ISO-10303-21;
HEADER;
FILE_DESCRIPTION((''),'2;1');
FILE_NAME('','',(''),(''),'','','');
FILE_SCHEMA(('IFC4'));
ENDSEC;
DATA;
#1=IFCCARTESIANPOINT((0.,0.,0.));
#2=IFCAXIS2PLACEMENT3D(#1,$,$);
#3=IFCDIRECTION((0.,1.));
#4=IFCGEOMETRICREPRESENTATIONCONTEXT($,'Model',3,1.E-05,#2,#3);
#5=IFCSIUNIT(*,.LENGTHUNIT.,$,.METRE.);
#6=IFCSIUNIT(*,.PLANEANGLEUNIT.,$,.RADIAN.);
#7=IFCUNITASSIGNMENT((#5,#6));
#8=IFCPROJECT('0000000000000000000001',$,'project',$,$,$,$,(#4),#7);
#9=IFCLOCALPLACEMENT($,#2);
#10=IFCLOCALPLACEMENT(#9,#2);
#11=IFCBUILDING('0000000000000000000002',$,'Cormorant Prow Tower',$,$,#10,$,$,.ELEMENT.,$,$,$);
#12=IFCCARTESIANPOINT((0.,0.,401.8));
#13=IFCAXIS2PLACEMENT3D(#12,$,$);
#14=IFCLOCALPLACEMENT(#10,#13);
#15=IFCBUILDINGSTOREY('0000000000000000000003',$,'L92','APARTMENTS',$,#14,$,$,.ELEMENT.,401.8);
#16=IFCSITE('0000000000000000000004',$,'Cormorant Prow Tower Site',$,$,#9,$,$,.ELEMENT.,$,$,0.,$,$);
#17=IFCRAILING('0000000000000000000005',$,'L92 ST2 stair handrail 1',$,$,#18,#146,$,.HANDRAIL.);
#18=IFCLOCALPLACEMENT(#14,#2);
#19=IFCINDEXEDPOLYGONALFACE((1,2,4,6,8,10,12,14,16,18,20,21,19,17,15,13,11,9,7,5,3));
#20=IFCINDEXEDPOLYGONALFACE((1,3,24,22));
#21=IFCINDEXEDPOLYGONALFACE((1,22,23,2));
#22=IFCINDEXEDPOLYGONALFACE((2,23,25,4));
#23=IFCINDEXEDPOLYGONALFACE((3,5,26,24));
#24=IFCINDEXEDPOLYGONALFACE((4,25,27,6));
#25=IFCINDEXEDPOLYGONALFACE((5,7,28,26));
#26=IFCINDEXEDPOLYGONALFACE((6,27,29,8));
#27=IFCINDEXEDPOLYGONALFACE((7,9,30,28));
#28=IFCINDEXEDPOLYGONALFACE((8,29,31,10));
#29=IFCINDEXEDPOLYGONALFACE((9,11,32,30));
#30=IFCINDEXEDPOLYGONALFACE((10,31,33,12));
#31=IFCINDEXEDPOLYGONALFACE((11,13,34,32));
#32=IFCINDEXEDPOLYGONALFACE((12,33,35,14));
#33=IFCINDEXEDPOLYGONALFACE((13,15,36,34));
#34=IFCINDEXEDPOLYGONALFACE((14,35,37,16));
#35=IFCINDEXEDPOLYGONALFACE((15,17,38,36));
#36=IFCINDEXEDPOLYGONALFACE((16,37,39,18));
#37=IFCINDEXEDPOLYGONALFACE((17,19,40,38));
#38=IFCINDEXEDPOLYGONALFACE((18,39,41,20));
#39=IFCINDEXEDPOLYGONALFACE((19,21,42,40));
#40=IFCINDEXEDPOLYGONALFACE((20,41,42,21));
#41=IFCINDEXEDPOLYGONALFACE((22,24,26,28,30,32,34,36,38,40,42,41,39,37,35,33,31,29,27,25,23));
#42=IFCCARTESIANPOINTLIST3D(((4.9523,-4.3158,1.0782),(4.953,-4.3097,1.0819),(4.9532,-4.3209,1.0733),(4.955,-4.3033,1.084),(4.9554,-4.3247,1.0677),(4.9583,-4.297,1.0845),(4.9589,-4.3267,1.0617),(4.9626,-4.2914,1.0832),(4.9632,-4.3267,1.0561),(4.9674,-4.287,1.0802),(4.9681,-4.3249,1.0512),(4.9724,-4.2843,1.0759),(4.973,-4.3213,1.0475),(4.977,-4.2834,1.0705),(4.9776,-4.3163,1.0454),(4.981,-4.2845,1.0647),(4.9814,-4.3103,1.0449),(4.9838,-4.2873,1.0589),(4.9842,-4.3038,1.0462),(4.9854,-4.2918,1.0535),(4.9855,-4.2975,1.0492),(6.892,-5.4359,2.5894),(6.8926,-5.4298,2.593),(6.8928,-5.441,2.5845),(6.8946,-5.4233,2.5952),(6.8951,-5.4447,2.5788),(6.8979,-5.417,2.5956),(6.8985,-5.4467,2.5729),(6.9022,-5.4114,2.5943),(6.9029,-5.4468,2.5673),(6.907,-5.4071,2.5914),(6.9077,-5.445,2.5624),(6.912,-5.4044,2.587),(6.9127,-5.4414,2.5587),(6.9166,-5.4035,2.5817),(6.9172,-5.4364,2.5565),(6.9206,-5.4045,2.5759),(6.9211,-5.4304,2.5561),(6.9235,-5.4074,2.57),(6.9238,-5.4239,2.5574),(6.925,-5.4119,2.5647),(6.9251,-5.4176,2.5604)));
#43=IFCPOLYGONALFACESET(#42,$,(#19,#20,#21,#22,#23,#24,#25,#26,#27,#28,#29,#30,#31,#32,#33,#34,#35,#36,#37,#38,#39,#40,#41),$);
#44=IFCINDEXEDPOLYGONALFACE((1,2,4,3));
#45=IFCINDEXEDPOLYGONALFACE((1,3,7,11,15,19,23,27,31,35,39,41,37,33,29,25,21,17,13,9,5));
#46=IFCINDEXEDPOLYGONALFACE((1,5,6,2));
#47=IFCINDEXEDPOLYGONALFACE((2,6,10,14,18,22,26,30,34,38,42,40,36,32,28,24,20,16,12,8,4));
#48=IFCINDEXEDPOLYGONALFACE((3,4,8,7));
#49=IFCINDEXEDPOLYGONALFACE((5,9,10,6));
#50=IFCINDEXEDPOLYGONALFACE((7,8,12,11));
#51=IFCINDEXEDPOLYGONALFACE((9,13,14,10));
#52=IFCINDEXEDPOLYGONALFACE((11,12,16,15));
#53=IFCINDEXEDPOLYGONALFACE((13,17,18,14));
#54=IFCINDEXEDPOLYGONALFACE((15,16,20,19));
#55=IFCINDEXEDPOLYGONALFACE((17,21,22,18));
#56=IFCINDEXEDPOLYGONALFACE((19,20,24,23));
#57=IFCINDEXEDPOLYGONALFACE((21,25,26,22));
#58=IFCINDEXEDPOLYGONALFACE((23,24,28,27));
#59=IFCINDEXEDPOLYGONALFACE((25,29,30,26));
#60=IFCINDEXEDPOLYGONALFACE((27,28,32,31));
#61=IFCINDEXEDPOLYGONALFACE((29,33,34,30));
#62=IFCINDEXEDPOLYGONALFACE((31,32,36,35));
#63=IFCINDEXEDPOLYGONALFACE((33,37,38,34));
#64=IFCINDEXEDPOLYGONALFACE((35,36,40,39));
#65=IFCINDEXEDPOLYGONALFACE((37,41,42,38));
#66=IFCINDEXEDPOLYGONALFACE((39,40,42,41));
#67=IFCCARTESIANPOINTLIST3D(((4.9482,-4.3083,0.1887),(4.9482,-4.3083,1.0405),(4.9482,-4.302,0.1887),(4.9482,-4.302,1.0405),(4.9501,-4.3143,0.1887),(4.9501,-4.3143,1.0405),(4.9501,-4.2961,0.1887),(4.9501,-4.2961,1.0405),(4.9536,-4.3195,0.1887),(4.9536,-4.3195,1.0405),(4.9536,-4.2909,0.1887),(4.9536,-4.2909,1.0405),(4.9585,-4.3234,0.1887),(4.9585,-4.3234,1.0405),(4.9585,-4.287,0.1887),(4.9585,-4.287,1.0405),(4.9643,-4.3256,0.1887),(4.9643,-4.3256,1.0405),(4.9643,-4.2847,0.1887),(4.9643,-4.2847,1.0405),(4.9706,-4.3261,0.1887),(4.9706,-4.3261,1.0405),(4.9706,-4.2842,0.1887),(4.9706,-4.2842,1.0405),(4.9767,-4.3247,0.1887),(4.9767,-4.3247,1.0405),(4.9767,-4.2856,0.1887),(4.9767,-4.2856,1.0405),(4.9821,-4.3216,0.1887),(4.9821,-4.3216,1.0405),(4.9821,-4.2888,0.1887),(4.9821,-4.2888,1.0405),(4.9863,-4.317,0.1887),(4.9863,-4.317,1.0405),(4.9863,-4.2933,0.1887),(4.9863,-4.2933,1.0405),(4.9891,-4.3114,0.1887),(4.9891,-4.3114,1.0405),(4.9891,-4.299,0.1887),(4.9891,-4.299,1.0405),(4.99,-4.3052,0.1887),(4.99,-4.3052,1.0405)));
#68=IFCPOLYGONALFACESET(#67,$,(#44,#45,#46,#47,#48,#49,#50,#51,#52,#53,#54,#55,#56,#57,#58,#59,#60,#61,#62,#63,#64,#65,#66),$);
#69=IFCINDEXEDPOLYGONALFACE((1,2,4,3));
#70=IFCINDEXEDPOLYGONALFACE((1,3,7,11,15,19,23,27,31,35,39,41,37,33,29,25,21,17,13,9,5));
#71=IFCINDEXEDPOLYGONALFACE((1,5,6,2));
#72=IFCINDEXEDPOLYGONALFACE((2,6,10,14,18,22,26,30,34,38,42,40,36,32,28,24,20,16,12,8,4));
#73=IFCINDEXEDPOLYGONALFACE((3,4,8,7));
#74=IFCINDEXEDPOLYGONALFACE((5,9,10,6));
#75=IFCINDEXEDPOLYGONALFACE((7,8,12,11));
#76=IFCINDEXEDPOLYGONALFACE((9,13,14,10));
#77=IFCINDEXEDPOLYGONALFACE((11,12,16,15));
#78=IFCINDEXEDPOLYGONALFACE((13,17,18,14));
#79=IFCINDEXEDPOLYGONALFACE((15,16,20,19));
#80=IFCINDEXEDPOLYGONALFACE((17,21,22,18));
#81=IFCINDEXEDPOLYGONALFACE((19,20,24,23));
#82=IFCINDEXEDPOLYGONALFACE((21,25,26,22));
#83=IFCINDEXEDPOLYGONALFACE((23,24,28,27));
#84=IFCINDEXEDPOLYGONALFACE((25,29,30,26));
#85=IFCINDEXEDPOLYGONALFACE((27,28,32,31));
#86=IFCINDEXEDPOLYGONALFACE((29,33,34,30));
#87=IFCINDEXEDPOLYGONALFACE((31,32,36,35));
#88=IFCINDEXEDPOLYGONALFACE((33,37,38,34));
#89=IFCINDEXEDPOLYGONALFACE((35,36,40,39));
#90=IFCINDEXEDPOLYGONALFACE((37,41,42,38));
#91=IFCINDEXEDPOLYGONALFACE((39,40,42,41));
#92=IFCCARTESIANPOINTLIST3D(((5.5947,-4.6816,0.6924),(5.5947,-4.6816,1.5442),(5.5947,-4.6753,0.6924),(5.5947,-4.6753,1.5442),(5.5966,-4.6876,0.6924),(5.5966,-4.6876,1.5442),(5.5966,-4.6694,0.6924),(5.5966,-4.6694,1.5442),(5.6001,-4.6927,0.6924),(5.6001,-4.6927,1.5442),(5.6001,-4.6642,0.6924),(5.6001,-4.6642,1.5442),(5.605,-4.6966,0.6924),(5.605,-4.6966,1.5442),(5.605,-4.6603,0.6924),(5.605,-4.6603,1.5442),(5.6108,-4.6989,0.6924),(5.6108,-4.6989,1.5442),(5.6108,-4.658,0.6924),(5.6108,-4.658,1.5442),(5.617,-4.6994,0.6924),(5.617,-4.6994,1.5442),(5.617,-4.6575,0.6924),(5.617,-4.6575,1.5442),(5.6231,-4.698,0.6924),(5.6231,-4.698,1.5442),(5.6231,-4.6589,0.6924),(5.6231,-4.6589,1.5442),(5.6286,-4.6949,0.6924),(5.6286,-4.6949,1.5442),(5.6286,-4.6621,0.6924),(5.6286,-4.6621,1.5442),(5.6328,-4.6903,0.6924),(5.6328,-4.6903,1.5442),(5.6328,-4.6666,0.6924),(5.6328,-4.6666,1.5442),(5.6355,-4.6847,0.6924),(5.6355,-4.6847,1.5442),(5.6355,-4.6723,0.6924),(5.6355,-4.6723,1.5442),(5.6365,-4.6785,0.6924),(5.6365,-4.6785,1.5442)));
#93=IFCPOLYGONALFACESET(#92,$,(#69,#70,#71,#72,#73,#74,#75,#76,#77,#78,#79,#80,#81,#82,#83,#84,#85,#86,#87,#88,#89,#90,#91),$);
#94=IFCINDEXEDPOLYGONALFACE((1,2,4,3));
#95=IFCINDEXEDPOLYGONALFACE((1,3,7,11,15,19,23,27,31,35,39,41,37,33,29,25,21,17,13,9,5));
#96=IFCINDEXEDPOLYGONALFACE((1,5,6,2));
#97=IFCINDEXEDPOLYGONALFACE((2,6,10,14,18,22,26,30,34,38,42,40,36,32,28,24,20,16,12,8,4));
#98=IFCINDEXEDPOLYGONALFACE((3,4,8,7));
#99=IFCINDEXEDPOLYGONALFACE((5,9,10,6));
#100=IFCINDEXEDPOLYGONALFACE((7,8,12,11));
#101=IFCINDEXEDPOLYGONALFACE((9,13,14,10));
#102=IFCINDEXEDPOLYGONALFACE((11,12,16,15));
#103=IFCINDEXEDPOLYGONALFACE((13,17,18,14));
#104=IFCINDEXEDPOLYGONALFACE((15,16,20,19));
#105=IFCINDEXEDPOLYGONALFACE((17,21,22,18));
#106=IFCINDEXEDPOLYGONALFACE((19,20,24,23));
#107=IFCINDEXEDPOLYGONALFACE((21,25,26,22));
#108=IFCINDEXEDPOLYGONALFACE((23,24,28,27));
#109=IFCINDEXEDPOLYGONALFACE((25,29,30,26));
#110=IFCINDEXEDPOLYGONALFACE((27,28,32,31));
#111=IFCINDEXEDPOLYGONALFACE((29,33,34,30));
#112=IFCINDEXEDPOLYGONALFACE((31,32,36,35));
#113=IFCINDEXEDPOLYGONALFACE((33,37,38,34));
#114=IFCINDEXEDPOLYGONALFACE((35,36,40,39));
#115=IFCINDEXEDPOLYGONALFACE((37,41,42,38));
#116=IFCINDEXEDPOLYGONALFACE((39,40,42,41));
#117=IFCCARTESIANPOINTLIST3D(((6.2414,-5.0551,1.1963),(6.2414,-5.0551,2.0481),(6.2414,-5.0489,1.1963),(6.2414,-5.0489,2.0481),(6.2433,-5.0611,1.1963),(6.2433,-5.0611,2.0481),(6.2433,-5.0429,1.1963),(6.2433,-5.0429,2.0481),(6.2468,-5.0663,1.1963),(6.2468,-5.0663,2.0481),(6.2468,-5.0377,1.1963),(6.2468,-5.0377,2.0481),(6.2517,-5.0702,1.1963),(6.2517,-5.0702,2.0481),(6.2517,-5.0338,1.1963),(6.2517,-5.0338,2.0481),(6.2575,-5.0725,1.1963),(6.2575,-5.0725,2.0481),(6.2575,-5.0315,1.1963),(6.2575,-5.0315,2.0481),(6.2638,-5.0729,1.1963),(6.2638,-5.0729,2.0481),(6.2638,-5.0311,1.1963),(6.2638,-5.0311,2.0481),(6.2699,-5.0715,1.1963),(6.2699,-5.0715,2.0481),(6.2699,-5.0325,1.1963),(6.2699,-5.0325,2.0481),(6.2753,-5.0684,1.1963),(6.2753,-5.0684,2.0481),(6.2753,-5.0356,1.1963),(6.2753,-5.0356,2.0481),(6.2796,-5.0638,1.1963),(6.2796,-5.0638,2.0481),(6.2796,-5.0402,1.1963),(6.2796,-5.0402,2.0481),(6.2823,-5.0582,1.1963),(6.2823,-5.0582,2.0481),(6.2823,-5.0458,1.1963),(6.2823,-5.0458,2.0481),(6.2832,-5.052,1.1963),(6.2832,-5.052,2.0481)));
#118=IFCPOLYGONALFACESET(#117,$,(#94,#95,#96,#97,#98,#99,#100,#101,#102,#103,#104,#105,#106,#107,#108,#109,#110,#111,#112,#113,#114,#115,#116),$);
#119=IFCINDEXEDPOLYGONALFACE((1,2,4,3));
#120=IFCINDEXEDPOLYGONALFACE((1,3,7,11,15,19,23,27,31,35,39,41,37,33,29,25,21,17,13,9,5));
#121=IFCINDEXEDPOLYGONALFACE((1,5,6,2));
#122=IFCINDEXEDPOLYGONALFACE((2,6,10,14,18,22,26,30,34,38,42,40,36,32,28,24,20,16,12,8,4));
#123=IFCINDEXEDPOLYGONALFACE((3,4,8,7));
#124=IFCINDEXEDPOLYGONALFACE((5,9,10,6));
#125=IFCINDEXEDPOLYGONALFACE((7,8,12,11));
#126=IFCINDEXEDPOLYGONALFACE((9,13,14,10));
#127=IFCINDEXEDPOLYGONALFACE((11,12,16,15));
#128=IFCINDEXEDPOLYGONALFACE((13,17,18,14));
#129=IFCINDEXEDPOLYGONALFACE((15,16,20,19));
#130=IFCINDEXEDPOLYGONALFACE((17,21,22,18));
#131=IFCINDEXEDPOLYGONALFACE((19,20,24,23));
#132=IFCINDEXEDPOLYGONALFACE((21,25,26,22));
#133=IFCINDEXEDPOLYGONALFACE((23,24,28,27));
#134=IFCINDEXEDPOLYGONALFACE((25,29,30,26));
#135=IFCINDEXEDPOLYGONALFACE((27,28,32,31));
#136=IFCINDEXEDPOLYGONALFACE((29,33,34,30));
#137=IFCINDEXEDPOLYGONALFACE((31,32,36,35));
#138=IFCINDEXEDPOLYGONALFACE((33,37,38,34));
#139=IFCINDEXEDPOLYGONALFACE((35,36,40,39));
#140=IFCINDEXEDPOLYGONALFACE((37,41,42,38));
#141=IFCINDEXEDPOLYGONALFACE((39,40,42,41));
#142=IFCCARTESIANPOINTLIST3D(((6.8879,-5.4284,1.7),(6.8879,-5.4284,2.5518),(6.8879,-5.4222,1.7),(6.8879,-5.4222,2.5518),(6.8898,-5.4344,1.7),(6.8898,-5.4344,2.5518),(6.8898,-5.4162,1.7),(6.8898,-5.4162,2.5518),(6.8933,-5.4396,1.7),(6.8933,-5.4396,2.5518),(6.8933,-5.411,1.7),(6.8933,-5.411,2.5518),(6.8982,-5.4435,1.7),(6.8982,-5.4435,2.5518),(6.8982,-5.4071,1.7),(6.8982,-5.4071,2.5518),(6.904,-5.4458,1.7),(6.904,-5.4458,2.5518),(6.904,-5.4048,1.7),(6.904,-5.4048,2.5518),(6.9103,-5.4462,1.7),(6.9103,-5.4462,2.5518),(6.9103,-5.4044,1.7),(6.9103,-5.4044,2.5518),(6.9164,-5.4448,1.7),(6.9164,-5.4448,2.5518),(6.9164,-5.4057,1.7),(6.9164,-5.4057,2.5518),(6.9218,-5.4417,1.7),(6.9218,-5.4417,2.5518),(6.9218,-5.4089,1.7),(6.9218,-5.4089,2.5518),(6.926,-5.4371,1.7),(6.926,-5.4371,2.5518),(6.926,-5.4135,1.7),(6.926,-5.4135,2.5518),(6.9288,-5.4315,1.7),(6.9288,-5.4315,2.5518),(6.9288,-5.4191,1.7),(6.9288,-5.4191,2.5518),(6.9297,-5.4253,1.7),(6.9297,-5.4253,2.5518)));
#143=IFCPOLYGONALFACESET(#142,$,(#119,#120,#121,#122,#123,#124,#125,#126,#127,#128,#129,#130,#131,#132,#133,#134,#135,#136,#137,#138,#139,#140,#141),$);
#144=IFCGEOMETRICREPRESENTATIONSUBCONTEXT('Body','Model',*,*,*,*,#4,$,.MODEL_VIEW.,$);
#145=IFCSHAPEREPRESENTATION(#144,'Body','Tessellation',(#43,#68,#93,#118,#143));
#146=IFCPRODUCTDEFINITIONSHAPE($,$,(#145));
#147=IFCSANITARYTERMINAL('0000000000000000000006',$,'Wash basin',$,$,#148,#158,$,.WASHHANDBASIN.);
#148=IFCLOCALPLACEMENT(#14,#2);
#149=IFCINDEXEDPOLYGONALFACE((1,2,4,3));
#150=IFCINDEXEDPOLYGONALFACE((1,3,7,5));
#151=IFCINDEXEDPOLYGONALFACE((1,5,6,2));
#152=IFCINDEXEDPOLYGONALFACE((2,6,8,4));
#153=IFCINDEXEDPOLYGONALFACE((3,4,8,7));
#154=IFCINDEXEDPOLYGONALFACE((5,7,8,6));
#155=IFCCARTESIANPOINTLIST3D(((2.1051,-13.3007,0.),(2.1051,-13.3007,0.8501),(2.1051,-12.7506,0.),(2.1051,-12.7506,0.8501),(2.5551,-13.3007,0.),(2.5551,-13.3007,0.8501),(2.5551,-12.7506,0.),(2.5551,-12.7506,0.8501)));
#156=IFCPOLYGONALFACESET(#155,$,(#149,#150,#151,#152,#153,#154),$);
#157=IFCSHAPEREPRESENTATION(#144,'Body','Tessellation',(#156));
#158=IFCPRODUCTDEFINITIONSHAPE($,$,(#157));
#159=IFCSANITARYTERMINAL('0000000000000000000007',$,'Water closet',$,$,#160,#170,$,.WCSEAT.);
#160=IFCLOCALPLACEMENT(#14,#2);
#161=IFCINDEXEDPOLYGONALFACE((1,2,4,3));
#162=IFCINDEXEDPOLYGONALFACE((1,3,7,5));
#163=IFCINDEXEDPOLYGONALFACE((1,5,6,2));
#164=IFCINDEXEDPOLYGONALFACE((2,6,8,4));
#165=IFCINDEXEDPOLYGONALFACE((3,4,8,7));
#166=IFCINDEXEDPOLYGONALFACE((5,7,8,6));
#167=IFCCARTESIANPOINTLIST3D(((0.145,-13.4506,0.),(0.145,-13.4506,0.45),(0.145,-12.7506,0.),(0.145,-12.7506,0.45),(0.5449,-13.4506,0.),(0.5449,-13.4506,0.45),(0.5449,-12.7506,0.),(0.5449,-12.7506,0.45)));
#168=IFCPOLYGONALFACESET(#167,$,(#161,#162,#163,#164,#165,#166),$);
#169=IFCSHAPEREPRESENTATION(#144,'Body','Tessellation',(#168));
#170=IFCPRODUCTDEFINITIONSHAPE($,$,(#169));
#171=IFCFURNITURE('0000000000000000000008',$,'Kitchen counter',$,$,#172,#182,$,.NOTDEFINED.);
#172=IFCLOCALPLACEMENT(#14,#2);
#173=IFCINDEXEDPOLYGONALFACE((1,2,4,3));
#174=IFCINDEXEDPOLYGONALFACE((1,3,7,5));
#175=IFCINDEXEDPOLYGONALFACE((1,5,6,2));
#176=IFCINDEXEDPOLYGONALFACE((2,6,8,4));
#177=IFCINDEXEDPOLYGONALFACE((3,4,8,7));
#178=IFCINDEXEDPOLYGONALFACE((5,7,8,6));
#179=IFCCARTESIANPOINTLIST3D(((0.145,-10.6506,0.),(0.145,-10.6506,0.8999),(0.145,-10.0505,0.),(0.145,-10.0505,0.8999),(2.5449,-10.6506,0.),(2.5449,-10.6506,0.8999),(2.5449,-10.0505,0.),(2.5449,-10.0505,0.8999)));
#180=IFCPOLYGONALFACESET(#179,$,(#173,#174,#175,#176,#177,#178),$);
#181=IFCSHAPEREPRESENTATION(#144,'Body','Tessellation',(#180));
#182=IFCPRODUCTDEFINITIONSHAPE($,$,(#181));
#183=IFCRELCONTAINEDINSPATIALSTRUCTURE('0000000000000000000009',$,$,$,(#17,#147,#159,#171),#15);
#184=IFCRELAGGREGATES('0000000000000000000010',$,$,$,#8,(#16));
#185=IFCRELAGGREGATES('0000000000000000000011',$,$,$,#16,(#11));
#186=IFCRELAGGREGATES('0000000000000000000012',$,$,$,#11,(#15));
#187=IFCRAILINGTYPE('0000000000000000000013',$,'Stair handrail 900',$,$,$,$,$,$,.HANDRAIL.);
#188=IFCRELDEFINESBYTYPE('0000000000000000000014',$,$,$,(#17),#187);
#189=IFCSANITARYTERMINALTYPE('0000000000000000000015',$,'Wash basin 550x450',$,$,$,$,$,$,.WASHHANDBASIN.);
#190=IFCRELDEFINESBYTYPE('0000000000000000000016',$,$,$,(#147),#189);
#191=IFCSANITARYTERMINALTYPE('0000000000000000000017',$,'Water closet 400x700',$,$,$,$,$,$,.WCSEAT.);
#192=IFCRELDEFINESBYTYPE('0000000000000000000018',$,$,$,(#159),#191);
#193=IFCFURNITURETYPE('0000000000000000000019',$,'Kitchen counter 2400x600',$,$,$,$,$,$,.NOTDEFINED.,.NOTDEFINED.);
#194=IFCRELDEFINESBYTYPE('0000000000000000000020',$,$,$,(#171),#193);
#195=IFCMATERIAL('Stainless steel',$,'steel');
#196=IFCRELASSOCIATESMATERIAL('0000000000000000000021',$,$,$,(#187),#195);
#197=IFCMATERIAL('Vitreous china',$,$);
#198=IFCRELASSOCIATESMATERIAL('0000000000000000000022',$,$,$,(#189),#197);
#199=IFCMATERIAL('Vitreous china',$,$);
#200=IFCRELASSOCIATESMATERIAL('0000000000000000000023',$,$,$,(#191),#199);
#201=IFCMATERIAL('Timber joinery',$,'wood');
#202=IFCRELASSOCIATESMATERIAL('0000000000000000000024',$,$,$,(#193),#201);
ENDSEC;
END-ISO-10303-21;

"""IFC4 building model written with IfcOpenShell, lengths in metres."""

from ifc_helpers import new_model, si_unit, direction, frame, origin, origin_2d, place, context, subcontext, project, spatial, rectangle, circle, extrude, material, type_object, element, save


model = new_model("IFC4")

# Units and contexts
model_context = context("Model", 3, precision=1e-05, world=origin(), true_north=direction((0.0, 1.0)))
body_context = subcontext(model_context, "Body", "Model", "MODEL_VIEW")
ifc_project = project(units=[si_unit("LENGTHUNIT", "METRE"), si_unit("PLANEANGLEUNIT", "RADIAN")], contexts=[model_context])

# Site, building, storey
site_placement = place(None, origin())
site = spatial("IfcSite", under=ifc_project, at=site_placement, Name="Cormorant Prow Tower Site", CompositionType="ELEMENT", RefElevation=0.0)
building_placement = place(site_placement, origin())
building = spatial("IfcBuilding", under=site, at=building_placement, Name="Cormorant Prow Tower", CompositionType="ELEMENT")
storey_placement = place(building_placement, frame((0.0, 0.0, 401.8)))
storey = spatial("IfcBuildingStorey", under=building, at=storey_placement, Name="L92", Description="APARTMENTS", CompositionType="ELEMENT", Elevation=401.8)

# Railing
ifc_material_1 = material(Name="Stainless steel", Category="steel")
railing_type_1 = type_object("IfcRailingType", Name="Stair handrail 900", PredefinedType="HANDRAIL", material=ifc_material_1)
railing_1_placement = place(storey_placement, frame((4.969, -4.3052, 0.1887)))
element("IfcRailing", 1, at=railing_1_placement, inside=storey, type_object=railing_type_1, Name="L92 ST2 stair handrail 1", PredefinedType="HANDRAIL", context=body_context, shape_type="SweptSolid", body=[
    extrude(circle(Radius=0.0239, at=origin_2d()), frame((0.0, 0.0, 0.876), z_axis=(0.71787, -0.414548, 0.559297), x_axis=(0.500078, 0.86598, 0.0)), (0.0, 0.0, 1.0), 2.7019),
    extrude(circle(Radius=0.021, at=origin_2d()), origin(), (0.0, 0.0, 1.0), 0.8518),
    extrude(circle(Radius=0.021, at=origin_2d()), frame((0.6465, -0.3733, 0.5037)), (0.0, 0.0, 1.0), 0.8518),
    extrude(circle(Radius=0.021, at=origin_2d()), frame((1.2932, -0.7468, 1.0076)), (0.0, 0.0, 1.0), 0.8518),
    extrude(circle(Radius=0.021, at=origin_2d()), frame((1.9397, -1.1201, 1.5112)), (0.0, 0.0, 1.0), 0.8518),
])

# Sanitary terminals
ifc_material_2 = material(Name="Vitreous china")
sanitary_terminal_type_1 = type_object("IfcSanitaryTerminalType", Name="Wash basin 550x450", PredefinedType="WASHHANDBASIN", material=ifc_material_2)
sanitary_terminal_1_placement = place(storey_placement, frame((2.3301, -13.0256, 0.0), z_axis=(0.0, 0.0, 1.0), x_axis=(0.0, -1.0, 0.0)))
element("IfcSanitaryTerminal", 2, at=sanitary_terminal_1_placement, inside=storey, type_object=sanitary_terminal_type_1, Name="Wash basin", PredefinedType="WASHHANDBASIN", context=body_context, shape_type="SweptSolid", body=[
    extrude(rectangle(XDim=0.55, YDim=0.45, at=origin_2d()), origin(), (0.0, 0.0, 1.0), 0.8501),
])
ifc_material_3 = material(Name="Vitreous china")
sanitary_terminal_type_2 = type_object("IfcSanitaryTerminalType", Name="Water closet 400x700", PredefinedType="WCSEAT", material=ifc_material_3)
sanitary_terminal_2_placement = place(storey_placement, frame((0.345, -13.1006, 0.0), z_axis=(0.0, 0.0, 1.0), x_axis=(1.0, 0.0, 0.0)))
element("IfcSanitaryTerminal", 3, at=sanitary_terminal_2_placement, inside=storey, type_object=sanitary_terminal_type_2, Name="Water closet", PredefinedType="WCSEAT", context=body_context, shape_type="SweptSolid", body=[
    extrude(rectangle(XDim=0.3999, YDim=0.7, at=origin_2d()), origin(), (0.0, 0.0, 1.0), 0.45),
])

# Furniture
ifc_material_4 = material(Name="Timber joinery", Category="wood")
furniture_type = type_object("IfcFurnitureType", Name="Kitchen counter 2400x600", AssemblyPlace="NOTDEFINED", PredefinedType="NOTDEFINED", material=ifc_material_4)
furniture_placement = place(storey_placement, frame((1.345, -10.3506, 0.0), z_axis=(0.0, 0.0, 1.0), x_axis=(1.0, 0.0, 0.0)))
element("IfcFurniture", 4, at=furniture_placement, inside=storey, type_object=furniture_type, Name="Kitchen counter", PredefinedType="NOTDEFINED", context=body_context, shape_type="SweptSolid", body=[
    extrude(rectangle(XDim=2.3999, YDim=0.6001, at=origin_2d()), origin(), (0.0, 0.0, 1.0), 0.8999),
])

save(model, "model.ifc")
